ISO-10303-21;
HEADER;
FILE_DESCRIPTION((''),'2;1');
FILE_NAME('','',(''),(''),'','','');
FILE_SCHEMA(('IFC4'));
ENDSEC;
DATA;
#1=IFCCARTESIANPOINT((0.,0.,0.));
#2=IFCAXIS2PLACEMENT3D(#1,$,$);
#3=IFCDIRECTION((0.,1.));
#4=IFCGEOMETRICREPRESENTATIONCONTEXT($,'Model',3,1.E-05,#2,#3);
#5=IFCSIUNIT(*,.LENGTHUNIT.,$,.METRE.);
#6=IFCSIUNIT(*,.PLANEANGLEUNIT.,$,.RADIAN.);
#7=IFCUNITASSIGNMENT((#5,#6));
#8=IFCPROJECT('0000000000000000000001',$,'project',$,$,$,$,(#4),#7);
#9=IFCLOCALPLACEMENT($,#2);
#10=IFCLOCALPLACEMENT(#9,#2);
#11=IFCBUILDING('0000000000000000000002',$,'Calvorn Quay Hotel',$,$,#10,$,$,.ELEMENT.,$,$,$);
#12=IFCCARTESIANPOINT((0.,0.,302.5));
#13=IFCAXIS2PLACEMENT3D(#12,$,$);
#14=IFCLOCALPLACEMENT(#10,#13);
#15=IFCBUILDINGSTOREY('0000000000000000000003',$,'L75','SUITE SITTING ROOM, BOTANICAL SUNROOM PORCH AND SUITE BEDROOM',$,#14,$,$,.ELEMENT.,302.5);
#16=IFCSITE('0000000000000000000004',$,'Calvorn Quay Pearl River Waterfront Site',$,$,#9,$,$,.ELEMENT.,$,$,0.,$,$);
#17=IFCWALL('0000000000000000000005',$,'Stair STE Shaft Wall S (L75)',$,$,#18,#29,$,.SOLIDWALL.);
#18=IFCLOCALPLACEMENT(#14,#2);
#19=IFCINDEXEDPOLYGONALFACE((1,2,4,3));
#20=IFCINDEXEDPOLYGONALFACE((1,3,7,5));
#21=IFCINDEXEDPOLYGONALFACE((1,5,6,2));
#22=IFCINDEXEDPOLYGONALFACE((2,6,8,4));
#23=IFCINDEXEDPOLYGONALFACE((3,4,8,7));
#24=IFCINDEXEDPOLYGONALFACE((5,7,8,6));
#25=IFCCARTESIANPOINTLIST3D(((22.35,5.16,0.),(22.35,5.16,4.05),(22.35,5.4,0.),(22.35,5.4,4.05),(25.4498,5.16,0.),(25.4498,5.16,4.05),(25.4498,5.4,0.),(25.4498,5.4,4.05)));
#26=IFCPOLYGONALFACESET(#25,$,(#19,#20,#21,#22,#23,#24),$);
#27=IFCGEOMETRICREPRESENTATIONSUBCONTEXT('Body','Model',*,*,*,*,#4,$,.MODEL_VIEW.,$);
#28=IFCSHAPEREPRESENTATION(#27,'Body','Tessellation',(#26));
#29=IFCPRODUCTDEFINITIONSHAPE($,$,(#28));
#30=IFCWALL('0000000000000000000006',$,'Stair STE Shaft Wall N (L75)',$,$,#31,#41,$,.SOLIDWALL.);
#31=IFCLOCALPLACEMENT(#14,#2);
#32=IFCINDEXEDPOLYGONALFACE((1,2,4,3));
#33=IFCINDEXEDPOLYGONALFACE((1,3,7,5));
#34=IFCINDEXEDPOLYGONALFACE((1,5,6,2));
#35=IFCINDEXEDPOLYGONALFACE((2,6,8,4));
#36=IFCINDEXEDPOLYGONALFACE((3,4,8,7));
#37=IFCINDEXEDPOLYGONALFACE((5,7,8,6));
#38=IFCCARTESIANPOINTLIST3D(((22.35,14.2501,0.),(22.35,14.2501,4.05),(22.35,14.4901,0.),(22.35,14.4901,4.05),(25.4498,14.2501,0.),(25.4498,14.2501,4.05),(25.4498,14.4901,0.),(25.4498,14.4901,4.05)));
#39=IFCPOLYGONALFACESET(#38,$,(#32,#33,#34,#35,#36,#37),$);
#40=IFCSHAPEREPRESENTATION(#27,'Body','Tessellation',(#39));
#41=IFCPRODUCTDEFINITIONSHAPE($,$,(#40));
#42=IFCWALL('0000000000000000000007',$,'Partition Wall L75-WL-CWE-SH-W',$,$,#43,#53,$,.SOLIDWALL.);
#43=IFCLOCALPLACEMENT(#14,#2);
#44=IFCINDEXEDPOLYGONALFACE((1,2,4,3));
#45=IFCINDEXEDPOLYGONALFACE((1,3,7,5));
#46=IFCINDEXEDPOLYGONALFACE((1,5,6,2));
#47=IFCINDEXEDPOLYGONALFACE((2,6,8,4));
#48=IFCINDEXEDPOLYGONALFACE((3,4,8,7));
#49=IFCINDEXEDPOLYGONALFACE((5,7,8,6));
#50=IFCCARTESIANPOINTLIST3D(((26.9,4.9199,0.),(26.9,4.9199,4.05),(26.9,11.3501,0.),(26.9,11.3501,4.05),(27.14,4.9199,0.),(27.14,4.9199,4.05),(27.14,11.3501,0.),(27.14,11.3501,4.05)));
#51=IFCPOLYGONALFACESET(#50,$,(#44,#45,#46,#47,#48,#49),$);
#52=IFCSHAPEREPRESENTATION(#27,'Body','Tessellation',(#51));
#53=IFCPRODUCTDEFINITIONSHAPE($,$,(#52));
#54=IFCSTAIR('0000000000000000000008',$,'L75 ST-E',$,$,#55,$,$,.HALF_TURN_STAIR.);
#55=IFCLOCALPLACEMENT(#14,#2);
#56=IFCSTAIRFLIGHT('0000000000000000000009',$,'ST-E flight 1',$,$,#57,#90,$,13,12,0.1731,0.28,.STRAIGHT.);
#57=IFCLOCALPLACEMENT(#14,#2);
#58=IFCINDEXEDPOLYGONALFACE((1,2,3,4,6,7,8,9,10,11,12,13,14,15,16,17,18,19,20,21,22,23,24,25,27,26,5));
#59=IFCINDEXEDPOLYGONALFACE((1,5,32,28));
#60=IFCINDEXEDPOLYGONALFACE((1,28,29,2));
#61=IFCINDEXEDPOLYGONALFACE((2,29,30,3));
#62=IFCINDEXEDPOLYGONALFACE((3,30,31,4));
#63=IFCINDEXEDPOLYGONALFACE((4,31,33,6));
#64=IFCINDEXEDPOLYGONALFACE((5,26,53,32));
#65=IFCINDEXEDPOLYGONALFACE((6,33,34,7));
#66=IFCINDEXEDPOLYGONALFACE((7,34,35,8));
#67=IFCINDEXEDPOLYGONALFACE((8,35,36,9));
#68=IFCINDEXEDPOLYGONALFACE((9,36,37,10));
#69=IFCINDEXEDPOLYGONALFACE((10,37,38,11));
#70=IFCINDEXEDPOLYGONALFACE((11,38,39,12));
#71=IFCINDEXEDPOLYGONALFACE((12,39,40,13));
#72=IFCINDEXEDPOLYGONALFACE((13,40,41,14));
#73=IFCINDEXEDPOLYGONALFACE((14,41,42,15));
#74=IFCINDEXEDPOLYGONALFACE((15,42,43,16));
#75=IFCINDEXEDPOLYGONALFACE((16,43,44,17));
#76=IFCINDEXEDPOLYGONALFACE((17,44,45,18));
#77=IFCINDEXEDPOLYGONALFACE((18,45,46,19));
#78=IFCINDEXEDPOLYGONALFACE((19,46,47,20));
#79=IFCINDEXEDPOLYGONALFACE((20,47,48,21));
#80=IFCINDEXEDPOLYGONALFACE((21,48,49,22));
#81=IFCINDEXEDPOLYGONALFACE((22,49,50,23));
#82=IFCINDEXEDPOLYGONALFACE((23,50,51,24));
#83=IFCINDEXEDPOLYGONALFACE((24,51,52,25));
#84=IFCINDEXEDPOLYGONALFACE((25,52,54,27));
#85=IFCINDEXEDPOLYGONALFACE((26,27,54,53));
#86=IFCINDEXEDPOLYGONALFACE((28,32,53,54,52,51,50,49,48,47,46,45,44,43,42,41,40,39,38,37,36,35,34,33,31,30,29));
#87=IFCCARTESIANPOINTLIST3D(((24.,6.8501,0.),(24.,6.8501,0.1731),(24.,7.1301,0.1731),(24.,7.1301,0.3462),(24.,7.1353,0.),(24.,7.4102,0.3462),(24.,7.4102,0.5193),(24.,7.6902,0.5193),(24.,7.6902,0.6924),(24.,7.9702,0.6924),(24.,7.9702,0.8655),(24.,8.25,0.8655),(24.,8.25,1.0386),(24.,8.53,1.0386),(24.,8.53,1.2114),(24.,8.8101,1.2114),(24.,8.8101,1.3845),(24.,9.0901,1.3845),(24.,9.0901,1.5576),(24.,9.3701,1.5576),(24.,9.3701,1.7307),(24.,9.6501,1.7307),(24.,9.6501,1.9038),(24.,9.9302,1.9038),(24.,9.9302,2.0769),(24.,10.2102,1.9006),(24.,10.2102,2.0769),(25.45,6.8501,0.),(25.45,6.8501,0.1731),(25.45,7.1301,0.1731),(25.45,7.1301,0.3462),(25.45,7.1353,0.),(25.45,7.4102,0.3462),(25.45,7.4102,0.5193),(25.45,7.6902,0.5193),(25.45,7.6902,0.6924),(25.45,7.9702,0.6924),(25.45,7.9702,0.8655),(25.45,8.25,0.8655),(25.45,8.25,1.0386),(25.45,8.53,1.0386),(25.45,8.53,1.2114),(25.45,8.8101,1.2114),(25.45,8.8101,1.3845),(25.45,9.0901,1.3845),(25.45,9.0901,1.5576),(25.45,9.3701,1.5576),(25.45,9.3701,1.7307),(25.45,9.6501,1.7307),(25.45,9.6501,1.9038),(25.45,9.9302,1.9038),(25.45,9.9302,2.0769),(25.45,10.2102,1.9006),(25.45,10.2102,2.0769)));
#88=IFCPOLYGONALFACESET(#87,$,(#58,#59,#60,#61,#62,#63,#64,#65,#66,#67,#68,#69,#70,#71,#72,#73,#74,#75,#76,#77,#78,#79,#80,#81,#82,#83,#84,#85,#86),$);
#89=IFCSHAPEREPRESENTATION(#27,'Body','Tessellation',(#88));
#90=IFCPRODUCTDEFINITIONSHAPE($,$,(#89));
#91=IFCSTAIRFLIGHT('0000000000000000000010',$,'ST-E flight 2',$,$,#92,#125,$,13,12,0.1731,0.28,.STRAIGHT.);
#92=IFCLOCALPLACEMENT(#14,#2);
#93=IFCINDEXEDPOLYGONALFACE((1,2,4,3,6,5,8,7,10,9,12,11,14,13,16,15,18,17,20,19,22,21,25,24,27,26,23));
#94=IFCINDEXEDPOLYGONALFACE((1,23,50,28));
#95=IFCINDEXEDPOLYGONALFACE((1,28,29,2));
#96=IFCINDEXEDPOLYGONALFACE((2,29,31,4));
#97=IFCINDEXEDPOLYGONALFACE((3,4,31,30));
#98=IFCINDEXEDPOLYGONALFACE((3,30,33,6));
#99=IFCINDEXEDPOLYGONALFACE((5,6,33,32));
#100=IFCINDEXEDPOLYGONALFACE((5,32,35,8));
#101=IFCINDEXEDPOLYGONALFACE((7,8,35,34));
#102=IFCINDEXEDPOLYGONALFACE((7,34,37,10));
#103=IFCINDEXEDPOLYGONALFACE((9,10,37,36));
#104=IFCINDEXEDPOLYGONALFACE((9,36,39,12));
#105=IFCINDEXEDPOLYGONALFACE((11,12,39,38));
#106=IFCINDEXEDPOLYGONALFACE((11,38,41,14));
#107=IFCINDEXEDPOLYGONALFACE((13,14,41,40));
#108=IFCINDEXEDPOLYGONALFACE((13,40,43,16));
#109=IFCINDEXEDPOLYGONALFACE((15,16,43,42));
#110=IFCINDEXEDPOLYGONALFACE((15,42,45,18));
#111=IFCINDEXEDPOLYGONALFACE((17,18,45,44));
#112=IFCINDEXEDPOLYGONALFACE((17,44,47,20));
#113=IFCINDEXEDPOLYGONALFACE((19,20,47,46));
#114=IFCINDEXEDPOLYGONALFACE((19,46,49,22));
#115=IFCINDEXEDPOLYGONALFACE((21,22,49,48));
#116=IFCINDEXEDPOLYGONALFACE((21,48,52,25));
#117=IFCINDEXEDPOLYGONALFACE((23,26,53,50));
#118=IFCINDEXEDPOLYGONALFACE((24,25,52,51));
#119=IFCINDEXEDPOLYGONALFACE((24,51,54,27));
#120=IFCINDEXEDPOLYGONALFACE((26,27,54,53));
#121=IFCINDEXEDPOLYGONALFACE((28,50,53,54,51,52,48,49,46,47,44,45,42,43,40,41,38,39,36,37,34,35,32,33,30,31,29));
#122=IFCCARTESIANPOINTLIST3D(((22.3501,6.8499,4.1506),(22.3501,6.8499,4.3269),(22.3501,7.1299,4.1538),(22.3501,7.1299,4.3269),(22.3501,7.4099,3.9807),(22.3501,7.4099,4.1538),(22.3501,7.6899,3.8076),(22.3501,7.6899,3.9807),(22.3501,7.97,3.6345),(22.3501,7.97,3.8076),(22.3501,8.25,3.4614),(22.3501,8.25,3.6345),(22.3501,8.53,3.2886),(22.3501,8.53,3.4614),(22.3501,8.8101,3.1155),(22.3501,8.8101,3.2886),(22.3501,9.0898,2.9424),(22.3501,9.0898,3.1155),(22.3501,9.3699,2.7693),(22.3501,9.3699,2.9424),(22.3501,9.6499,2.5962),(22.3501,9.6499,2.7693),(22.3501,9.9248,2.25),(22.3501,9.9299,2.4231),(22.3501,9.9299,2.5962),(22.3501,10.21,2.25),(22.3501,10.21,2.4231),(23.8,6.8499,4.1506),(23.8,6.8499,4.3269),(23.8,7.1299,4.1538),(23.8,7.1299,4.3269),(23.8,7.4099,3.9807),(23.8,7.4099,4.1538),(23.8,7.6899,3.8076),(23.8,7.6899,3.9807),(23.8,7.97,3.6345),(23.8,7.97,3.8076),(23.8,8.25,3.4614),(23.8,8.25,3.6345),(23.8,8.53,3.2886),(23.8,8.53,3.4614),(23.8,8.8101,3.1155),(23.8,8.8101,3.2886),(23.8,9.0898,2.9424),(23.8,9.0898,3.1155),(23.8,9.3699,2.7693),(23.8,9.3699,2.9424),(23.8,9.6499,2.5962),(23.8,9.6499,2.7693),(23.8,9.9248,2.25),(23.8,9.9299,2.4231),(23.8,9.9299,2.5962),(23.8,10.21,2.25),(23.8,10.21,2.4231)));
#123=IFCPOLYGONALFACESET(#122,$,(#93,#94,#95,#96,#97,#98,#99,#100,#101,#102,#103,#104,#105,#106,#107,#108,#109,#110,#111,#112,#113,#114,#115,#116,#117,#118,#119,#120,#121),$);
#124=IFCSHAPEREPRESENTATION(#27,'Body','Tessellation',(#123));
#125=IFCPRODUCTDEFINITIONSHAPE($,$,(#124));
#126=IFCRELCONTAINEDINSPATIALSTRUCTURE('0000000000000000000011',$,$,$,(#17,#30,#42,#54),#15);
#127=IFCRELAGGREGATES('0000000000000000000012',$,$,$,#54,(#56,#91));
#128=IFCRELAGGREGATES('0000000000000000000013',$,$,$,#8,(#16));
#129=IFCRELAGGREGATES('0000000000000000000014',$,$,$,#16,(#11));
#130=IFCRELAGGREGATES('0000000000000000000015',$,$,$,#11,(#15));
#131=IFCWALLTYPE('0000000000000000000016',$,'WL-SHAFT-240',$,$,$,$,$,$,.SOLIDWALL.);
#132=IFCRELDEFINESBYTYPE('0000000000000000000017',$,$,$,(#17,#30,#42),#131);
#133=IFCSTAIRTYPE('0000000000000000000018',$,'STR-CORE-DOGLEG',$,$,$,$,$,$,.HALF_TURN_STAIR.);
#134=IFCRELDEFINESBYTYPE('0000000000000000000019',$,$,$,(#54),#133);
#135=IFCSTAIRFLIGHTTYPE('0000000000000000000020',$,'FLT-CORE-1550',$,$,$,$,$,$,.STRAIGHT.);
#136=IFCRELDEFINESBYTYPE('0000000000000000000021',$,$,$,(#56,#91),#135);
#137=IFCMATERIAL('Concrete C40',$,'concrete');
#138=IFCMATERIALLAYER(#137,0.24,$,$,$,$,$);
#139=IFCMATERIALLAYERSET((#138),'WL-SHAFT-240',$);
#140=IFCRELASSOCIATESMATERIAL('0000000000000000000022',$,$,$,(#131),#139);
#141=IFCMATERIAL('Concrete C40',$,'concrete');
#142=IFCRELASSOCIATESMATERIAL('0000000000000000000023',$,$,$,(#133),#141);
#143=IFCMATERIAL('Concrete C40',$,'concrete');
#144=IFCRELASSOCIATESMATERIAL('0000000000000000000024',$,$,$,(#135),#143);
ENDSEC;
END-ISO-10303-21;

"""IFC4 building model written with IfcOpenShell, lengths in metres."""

from ifc_helpers import new_model, si_unit, direction, frame, frame_2d, origin, place, context, subcontext, project, spatial, polyline, rectangle, outline, extrude, material, layer, layer_set, type_object, element, aggregate, save


model = new_model("IFC4")

# Units and contexts
model_context = context("Model", 3, precision=1e-05, world=origin(), true_north=direction((0.0, 1.0)))
body_context = subcontext(model_context, "Body", "Model", "MODEL_VIEW")
ifc_project = project(units=[si_unit("LENGTHUNIT", "METRE"), si_unit("PLANEANGLEUNIT", "RADIAN")], contexts=[model_context])

# Site, building, storey
site_placement = place(None, origin())
site = spatial("IfcSite", under=ifc_project, at=site_placement, Name="Calvorn Quay Pearl River Waterfront Site", CompositionType="ELEMENT", RefElevation=0.0)
building_placement = place(site_placement, origin())
building = spatial("IfcBuilding", under=site, at=building_placement, Name="Calvorn Quay Hotel", CompositionType="ELEMENT")
storey_placement = place(building_placement, frame((0.0, 0.0, 302.5)))
storey = spatial("IfcBuildingStorey", under=building, at=storey_placement, Name="L75", Description="SUITE SITTING ROOM, BOTANICAL SUNROOM PORCH AND SUITE BEDROOM", CompositionType="ELEMENT", Elevation=302.5)

# Walls
ifc_material_1 = material(Name="Concrete C40", Category="concrete")
ifc_layer_1 = layer(ifc_material_1, 0.24)
ifc_layer_set_1 = layer_set([ifc_layer_1], Name="WL-SHAFT-240")
wall_type_1 = type_object("IfcWallType", Name="WL-SHAFT-240", PredefinedType="SOLIDWALL", material=ifc_layer_set_1)
for number, where, z_axis, x_axis, name in (
    (1, (22.3501, 5.28, 0.0), (0.0, 0.0, 1.0), (1.0, 0.0, 0.0), "Stair STE Shaft Wall S (L75)"),
    (2, (22.3501, 14.3701, 0.0), (0.0, 0.0, 1.0), (1.0, 0.0, 0.0), "Stair STE Shaft Wall N (L75)"),
):
    element("IfcWall", number, at=place(storey_placement, frame(where, z_axis=z_axis, x_axis=x_axis)), inside=storey, type_object=wall_type_1, Name=name, PredefinedType="SOLIDWALL", context=body_context, shape_type="SweptSolid", body=[
        extrude(rectangle(XDim=3.0999, YDim=0.24, at=frame_2d((1.5498, 0.0))), origin(), (0.0, 0.0, 1.0), 4.05),
    ])
wall_1_placement = place(storey_placement, frame((27.02, 4.9199, 0.0), z_axis=(0.0, 0.0, 1.0), x_axis=(0.0, 1.0, 0.0)))
element("IfcWall", 3, at=wall_1_placement, inside=storey, type_object=wall_type_1, Name="Partition Wall L75-WL-CWE-SH-W", PredefinedType="SOLIDWALL", context=body_context, shape_type="SweptSolid", body=[
    extrude(rectangle(XDim=6.4302, YDim=0.24, at=frame_2d((3.2151, 0.0))), origin(), (0.0, 0.0, 1.0), 4.05),
])

# Stair, stair flights
ifc_material_2 = material(Name="Concrete C40", Category="concrete")
stair_type = type_object("IfcStairType", Name="STR-CORE-DOGLEG", PredefinedType="HALF_TURN_STAIR", material=ifc_material_2)
stair_placement = place(storey_placement, origin())
stair = element("IfcStair", 4, at=stair_placement, inside=storey, type_object=stair_type, Name="L75 ST-E", PredefinedType="HALF_TURN_STAIR")
ifc_material_3 = material(Name="Concrete C40", Category="concrete")
stair_flight_type = type_object("IfcStairFlightType", Name="FLT-CORE-1550", PredefinedType="STRAIGHT", material=ifc_material_3)
stair_flight_1_placement = place(storey_placement, frame((24.7251, 6.8501, 0.0), z_axis=(0.0, 0.0, 1.0), x_axis=(0.0, 1.0, 0.0)))
stair_flight_1 = element("IfcStairFlight", 5, at=stair_flight_1_placement, type_object=stair_flight_type, Name="ST-E flight 1", NumberOfRisers=13, NumberOfTreads=12, PredefinedType="STRAIGHT", RiserHeight=0.1731, TreadLength=0.28, context=body_context, shape_type="SweptSolid", body=[
    extrude(outline(polyline([(0.0, 0.0), (0.0, 0.1731), (0.28, 0.1731), (0.28, 0.3462), (0.5601, 0.3462), (0.5601, 0.5193), (0.8401, 0.5193), (0.8401, 0.6924), (1.1201, 0.6924), (1.1201, 0.8655), (1.3999, 0.8655), (1.3999, 1.0386), (1.6799, 1.0386), (1.6799, 1.2114), (1.96, 1.2114), (1.96, 1.3845), (2.24, 1.3845), (2.24, 1.5576), (2.52, 1.5576), (2.52, 1.7307), (2.8, 1.7307), (2.8, 1.9038), (3.0801, 1.9038), (3.0801, 2.0769), (3.3601, 2.0769), (3.3601, 2.25), (3.3601, 1.9006), (0.2852, 0.0), (0.0, 0.0)])), frame((0.0, 0.7251, 0.0), z_axis=(0.0, -1.0, 0.0), x_axis=(1.0, 0.0, 0.0)), (0.0, 0.0, 1.0), 1.45),
])
stair_flight_2_placement = place(storey_placement, frame((23.075, 10.21, 2.25), z_axis=(0.0, 0.0, 1.0), x_axis=(0.0, -1.0, 0.0)))
stair_flight_2 = element("IfcStairFlight", 6, at=stair_flight_2_placement, type_object=stair_flight_type, Name="ST-E flight 2", NumberOfRisers=13, NumberOfTreads=12, PredefinedType="STRAIGHT", RiserHeight=0.1731, TreadLength=0.28, context=body_context, shape_type="SweptSolid", body=[
    extrude(outline(polyline([(0.0, 0.0), (0.0, 0.1731), (0.28, 0.1731), (0.28, 0.3462), (0.5601, 0.3462), (0.5601, 0.5193), (0.8401, 0.5193), (0.8401, 0.6924), (1.1201, 0.6924), (1.1201, 0.8655), (1.3999, 0.8655), (1.3999, 1.0386), (1.6799, 1.0386), (1.6799, 1.2114), (1.96, 1.2114), (1.96, 1.3845), (2.24, 1.3845), (2.24, 1.5576), (2.52, 1.5576), (2.52, 1.7307), (2.8, 1.7307), (2.8, 1.9038), (3.0801, 1.9038), (3.0801, 2.0769), (3.3601, 2.0769), (3.3601, 2.25), (3.3601, 1.9006), (0.2852, 0.0), (0.0, 0.0)])), frame((0.0, 0.7251, 0.0), z_axis=(0.0, -1.0, 0.0), x_axis=(1.0, 0.0, 0.0)), (0.0, 0.0, 1.0), 1.45),
])
aggregate(stair, [stair_flight_1, stair_flight_2])

save(model, "model.ifc")
